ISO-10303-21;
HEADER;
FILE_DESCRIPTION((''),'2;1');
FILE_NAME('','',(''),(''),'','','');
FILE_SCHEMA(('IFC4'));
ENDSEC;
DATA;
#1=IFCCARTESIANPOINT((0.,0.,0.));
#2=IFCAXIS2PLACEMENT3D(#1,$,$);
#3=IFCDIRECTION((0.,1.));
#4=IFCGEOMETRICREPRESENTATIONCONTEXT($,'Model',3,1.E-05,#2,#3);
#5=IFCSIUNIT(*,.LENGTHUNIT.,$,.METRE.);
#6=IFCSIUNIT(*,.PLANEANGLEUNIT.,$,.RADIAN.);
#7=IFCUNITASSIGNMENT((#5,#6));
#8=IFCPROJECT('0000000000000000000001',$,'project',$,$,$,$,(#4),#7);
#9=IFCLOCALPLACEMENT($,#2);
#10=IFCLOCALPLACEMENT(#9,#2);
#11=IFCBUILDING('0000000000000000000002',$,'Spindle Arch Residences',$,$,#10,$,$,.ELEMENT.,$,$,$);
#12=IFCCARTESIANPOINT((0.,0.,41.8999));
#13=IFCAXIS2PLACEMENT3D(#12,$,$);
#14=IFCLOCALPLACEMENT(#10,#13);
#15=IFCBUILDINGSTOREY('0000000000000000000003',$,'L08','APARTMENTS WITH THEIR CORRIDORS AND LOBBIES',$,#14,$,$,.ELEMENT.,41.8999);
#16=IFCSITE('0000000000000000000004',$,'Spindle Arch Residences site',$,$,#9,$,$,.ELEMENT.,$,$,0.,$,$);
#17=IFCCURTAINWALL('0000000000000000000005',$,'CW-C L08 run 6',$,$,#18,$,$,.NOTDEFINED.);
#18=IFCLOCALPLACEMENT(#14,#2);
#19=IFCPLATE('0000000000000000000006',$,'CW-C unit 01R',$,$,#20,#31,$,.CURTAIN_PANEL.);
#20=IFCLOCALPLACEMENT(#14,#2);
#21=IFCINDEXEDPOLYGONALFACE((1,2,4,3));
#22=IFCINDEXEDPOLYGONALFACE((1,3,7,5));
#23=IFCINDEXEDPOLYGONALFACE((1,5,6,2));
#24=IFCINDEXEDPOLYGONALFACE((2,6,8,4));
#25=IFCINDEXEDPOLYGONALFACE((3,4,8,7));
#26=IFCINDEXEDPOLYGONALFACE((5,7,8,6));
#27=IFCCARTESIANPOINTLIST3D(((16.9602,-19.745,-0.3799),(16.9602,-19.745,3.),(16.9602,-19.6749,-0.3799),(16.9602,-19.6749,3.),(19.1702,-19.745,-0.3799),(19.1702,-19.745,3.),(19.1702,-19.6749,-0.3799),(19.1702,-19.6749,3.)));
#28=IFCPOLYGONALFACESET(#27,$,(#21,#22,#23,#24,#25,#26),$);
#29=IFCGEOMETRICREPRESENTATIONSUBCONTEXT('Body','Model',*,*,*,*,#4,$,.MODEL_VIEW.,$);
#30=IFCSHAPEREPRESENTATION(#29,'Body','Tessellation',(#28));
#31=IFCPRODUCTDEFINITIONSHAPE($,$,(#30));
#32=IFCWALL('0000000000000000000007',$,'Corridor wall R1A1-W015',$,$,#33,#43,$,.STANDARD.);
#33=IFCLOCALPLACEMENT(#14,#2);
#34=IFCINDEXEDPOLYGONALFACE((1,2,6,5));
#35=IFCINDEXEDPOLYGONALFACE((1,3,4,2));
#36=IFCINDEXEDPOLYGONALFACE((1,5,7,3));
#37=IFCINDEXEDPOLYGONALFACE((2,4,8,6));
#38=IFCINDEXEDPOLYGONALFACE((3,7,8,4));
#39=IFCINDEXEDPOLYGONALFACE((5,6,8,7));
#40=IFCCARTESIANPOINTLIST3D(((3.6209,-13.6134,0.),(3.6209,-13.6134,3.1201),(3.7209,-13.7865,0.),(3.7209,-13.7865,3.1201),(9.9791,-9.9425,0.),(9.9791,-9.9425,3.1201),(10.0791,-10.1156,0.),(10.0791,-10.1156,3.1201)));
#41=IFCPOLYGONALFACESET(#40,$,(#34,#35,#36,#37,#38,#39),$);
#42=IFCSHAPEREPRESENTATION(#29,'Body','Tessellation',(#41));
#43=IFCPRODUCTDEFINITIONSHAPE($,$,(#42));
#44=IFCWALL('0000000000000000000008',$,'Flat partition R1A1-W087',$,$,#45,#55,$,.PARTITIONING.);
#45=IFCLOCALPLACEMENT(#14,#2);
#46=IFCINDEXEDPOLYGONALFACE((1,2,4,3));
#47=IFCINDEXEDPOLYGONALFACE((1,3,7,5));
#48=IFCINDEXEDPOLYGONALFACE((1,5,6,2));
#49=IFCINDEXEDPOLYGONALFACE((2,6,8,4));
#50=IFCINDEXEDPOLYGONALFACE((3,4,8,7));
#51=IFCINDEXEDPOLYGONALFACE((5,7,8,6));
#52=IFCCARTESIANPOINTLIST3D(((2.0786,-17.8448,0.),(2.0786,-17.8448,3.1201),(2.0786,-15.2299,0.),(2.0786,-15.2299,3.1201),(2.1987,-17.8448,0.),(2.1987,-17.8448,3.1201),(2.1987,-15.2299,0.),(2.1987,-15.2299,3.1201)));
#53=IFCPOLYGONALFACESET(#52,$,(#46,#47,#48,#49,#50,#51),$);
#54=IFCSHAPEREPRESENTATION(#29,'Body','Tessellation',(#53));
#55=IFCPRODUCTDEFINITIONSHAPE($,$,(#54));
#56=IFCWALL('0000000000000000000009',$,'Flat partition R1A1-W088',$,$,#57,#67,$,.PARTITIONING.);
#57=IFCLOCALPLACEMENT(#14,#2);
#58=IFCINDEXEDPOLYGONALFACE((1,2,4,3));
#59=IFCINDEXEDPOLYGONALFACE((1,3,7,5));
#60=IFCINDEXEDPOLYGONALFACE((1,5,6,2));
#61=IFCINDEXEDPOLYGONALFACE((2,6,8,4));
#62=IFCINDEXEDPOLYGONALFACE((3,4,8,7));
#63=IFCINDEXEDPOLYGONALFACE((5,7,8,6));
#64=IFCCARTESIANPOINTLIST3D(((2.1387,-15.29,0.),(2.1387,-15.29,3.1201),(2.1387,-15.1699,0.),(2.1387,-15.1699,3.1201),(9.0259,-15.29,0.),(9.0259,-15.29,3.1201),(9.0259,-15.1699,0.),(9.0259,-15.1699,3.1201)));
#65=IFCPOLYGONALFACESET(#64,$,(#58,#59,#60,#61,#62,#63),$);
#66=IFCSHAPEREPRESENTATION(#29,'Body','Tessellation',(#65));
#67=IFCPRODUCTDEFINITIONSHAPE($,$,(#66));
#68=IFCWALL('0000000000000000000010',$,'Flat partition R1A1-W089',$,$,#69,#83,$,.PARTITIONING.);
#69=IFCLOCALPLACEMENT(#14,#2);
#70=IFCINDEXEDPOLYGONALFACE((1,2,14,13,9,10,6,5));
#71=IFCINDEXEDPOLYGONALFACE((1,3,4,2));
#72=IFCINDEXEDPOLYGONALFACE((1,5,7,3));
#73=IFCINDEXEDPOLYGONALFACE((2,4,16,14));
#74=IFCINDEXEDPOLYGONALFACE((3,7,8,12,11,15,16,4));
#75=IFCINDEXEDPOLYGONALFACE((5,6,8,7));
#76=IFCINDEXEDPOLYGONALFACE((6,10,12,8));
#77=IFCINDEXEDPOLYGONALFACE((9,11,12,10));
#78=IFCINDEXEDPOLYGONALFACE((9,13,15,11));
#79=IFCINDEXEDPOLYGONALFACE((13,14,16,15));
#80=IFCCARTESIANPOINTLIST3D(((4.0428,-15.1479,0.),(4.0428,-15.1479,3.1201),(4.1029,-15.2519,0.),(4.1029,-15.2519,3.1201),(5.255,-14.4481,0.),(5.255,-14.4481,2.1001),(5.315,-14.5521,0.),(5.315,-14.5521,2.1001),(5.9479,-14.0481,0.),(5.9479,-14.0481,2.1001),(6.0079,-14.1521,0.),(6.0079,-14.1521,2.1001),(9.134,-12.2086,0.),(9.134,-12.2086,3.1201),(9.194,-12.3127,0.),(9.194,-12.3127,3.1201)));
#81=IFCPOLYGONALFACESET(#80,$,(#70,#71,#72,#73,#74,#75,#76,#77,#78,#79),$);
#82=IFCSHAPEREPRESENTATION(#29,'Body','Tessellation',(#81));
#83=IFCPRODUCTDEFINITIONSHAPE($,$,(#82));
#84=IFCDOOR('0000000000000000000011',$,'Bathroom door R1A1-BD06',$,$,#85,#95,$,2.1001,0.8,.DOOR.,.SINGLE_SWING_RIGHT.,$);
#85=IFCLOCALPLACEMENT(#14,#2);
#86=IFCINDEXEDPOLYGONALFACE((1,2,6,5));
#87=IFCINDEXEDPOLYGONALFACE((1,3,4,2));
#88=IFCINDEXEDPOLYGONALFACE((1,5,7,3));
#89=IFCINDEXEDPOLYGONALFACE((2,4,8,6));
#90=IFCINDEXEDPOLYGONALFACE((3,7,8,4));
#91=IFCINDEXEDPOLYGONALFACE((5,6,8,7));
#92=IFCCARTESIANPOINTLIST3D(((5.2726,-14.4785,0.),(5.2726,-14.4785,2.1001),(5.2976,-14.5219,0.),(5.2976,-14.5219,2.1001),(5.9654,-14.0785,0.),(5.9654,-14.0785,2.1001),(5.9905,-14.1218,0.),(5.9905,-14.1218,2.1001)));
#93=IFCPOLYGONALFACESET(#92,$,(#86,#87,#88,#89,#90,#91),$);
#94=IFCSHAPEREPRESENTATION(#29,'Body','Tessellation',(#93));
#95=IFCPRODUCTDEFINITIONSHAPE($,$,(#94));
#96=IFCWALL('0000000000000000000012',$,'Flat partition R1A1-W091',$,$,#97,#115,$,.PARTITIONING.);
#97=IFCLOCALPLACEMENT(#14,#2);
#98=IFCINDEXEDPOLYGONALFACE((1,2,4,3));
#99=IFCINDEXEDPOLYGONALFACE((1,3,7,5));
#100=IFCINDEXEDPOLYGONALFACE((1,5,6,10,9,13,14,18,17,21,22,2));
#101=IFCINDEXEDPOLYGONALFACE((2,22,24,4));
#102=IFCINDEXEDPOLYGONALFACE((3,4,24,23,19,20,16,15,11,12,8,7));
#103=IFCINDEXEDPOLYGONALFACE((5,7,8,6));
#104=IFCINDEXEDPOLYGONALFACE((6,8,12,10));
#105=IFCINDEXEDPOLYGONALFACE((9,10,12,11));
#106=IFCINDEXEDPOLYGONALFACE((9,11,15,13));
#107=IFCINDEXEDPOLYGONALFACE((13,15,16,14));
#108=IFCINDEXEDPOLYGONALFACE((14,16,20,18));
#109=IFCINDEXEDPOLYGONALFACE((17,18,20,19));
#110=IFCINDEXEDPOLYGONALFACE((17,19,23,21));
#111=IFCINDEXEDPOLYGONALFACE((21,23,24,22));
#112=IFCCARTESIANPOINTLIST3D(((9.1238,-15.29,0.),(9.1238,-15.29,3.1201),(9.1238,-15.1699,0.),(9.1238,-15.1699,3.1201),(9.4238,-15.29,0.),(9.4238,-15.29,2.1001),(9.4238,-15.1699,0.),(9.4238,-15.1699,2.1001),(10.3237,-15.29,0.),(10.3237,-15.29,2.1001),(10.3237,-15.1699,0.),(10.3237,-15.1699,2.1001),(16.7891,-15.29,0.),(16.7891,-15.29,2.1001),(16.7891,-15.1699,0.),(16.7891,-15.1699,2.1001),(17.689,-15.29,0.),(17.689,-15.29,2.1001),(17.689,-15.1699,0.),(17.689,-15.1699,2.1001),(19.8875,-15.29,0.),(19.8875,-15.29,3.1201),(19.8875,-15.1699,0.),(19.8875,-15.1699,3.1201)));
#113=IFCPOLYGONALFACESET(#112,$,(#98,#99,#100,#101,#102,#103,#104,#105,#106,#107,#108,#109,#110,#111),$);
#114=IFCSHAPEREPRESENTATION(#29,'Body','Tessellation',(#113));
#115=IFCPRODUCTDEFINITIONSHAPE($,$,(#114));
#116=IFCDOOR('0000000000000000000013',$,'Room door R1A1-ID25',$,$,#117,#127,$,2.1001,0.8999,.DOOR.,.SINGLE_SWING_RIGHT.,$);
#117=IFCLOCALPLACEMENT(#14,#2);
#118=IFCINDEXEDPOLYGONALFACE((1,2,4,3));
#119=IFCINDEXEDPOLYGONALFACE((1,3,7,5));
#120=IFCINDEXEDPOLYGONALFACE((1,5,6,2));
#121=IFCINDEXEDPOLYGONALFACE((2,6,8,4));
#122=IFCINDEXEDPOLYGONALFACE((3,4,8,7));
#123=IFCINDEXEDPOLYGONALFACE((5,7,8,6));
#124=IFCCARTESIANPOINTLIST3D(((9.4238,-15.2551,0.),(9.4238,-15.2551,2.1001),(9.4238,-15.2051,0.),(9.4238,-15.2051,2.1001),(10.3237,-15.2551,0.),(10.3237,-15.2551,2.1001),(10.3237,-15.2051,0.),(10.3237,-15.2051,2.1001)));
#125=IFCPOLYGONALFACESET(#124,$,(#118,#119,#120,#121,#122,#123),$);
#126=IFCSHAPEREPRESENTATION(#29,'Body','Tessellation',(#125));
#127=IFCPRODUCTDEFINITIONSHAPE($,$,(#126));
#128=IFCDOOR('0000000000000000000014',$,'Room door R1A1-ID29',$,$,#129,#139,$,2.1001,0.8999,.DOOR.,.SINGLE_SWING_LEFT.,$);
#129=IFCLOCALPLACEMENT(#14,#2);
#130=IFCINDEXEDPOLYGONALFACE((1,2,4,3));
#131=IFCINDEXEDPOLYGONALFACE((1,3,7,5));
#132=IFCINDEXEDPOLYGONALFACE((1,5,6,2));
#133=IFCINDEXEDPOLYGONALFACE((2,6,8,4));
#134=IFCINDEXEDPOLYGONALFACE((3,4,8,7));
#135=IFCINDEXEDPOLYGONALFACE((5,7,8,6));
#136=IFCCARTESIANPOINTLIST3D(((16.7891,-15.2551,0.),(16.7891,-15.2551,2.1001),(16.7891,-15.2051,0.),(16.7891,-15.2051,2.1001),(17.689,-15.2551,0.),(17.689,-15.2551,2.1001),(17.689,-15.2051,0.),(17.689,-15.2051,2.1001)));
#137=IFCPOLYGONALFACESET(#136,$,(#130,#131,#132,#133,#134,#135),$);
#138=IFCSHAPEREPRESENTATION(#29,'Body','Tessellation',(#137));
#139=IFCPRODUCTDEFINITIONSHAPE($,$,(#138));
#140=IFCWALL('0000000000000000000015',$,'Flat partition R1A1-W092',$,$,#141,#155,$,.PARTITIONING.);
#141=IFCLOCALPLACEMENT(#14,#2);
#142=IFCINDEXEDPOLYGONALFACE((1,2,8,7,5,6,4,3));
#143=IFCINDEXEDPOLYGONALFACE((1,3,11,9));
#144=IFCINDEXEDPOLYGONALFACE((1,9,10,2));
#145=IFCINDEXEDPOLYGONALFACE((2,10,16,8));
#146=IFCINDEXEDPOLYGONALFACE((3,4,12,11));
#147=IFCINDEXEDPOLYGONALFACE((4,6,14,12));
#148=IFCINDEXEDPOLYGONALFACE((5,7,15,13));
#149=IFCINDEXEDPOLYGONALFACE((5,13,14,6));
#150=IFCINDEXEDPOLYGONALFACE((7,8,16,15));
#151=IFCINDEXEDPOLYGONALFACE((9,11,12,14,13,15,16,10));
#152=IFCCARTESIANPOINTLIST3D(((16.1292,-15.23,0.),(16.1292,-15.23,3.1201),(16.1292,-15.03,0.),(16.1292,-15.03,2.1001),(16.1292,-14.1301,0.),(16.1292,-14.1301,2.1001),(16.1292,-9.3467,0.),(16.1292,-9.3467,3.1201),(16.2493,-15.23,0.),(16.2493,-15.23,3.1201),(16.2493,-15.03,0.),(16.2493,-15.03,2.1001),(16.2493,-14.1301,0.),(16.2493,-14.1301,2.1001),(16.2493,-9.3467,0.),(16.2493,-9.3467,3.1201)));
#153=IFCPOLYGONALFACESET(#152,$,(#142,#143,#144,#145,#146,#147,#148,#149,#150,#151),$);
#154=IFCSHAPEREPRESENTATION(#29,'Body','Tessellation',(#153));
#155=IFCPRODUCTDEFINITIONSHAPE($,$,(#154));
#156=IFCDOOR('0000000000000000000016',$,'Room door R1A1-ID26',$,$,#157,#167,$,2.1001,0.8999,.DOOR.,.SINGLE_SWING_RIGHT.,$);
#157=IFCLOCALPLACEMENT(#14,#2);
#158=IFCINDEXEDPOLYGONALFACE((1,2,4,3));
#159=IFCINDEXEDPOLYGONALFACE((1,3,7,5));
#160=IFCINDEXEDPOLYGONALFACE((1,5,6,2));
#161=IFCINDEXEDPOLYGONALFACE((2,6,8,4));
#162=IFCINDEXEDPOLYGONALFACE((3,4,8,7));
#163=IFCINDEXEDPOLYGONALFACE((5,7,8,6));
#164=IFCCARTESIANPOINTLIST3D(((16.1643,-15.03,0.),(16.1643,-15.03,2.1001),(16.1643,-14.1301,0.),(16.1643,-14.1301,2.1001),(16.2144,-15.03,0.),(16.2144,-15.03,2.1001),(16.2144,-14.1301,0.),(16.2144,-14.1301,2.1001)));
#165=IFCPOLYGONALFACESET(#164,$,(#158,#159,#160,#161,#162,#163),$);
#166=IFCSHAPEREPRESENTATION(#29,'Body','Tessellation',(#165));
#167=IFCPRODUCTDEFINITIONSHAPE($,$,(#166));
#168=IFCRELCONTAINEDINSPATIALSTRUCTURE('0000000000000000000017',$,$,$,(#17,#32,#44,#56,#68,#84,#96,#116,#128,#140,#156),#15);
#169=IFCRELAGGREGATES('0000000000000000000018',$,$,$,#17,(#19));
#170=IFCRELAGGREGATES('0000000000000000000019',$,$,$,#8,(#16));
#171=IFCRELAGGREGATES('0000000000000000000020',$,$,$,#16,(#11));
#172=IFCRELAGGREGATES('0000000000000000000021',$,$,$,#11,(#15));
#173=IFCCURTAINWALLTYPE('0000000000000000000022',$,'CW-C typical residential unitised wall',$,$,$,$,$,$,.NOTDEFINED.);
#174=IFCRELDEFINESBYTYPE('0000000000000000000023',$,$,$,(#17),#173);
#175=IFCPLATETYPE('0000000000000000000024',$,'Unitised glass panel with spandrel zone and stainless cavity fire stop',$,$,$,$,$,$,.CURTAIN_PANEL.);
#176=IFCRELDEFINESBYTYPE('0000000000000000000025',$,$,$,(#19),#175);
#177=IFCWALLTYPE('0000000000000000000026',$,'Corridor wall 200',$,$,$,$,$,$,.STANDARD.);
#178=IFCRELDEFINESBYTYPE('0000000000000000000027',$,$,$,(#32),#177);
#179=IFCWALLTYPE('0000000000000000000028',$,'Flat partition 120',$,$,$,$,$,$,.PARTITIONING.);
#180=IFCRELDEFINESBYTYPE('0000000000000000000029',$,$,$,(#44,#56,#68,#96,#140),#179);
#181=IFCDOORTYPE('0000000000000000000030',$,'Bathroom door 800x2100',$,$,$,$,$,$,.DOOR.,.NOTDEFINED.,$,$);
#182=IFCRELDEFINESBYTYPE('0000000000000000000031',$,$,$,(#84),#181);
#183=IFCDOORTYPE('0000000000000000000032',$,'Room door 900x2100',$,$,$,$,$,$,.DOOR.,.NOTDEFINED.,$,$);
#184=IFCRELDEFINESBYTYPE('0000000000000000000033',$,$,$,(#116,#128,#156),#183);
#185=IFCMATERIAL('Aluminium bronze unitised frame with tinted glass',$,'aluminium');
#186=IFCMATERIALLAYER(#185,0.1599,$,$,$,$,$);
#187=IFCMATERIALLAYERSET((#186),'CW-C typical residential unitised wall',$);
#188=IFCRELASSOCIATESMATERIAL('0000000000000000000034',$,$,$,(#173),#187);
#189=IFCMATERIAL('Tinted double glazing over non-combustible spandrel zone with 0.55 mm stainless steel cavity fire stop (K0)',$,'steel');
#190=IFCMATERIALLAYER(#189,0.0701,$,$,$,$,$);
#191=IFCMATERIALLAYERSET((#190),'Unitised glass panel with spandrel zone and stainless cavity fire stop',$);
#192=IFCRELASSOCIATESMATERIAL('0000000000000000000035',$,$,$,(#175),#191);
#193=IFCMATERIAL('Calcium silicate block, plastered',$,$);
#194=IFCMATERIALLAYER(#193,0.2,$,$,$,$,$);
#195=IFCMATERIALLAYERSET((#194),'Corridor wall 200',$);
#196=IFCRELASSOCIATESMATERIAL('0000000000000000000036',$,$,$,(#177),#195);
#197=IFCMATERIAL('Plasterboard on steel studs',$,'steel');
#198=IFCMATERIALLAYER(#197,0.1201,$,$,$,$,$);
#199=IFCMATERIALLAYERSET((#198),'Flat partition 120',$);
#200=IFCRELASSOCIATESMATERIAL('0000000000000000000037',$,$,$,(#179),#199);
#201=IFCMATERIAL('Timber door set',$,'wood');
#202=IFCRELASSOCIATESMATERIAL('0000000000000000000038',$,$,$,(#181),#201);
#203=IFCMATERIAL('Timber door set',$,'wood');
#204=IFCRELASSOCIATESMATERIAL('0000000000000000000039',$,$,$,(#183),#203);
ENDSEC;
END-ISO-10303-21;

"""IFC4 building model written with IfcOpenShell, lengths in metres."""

from ifc_helpers import new_model, si_unit, direction, frame, frame_2d, origin, origin_2d, place, context, subcontext, project, spatial, rectangle, extrude, material, layer, layer_set, type_object, element, fill, aggregate, save


model = new_model("IFC4")

# Units and contexts
model_context = context("Model", 3, precision=1e-05, world=origin(), true_north=direction((0.0, 1.0)))
body_context = subcontext(model_context, "Body", "Model", "MODEL_VIEW")
ifc_project = project(units=[si_unit("LENGTHUNIT", "METRE"), si_unit("PLANEANGLEUNIT", "RADIAN")], contexts=[model_context])

# Site, building, storey
site_placement = place(None, origin())
site = spatial("IfcSite", under=ifc_project, at=site_placement, Name="Spindle Arch Residences site", CompositionType="ELEMENT", RefElevation=0.0)
building_placement = place(site_placement, origin())
building = spatial("IfcBuilding", under=site, at=building_placement, Name="Spindle Arch Residences", CompositionType="ELEMENT")
storey_placement = place(building_placement, frame((0.0, 0.0, 41.8999)))
storey = spatial("IfcBuildingStorey", under=building, at=storey_placement, Name="L08", Description="APARTMENTS WITH THEIR CORRIDORS AND LOBBIES", CompositionType="ELEMENT", Elevation=41.8999)

# Curtain wall
ifc_material_1 = material(Name="Aluminium bronze unitised frame with tinted glass", Category="aluminium")
ifc_layer_1 = layer(ifc_material_1, 0.1599)
ifc_layer_set_1 = layer_set([ifc_layer_1], Name="CW-C typical residential unitised wall")
curtain_wall_type = type_object("IfcCurtainWallType", Name="CW-C typical residential unitised wall", PredefinedType="NOTDEFINED", material=ifc_layer_set_1)
curtain_wall_placement = place(storey_placement, origin())
curtain_wall = element("IfcCurtainWall", 1, at=curtain_wall_placement, inside=storey, type_object=curtain_wall_type, Name="CW-C L08 run 6", PredefinedType="NOTDEFINED")

# Plate
ifc_material_2 = material(Name="Tinted double glazing over non-combustible spandrel zone with 0.55 mm stainless steel cavity fire stop (K0)", Category="steel")
ifc_layer_2 = layer(ifc_material_2, 0.0701)
ifc_layer_set_2 = layer_set([ifc_layer_2], Name="Unitised glass panel with spandrel zone and stainless cavity fire stop")
plate_type = type_object("IfcPlateType", Name="Unitised glass panel with spandrel zone and stainless cavity fire stop", PredefinedType="CURTAIN_PANEL", material=ifc_layer_set_2)
plate_1_placement = place(storey_placement, frame((18.0652, -19.71, -0.3799), z_axis=(0.0, 0.0, 1.0), x_axis=(1.0, 0.0, 0.0)))
plate_1 = element("IfcPlate", 2, at=plate_1_placement, type_object=plate_type, Name="CW-C unit 01R", PredefinedType="CURTAIN_PANEL", context=body_context, shape_type="SweptSolid", body=[
    extrude(rectangle(XDim=2.21, YDim=0.0701, at=origin_2d()), origin(), (0.0, 0.0, 1.0), 3.3799),
])
aggregate(curtain_wall, [plate_1])

# Walls
ifc_material_3 = material(Name="Calcium silicate block, plastered")
ifc_layer_3 = layer(ifc_material_3, 0.2)
ifc_layer_set_3 = layer_set([ifc_layer_3], Name="Corridor wall 200")
wall_type_1 = type_object("IfcWallType", Name="Corridor wall 200", PredefinedType="STANDARD", material=ifc_layer_set_3)
wall_1_placement = place(storey_placement, frame((3.6709, -13.7, 0.0), z_axis=(0.0, 0.0, 1.0), x_axis=(0.866024, 0.500002, 0.0)))
element("IfcWall", 3, at=wall_1_placement, inside=storey, type_object=wall_type_1, Name="Corridor wall R1A1-W015", PredefinedType="STANDARD", context=body_context, shape_type="SweptSolid", body=[
    extrude(rectangle(XDim=7.3418, YDim=0.2, at=frame_2d((3.6709, 0.0))), origin(), (0.0, 0.0, 1.0), 3.1201),
])
ifc_material_4 = material(Name="Plasterboard on steel studs", Category="steel")
ifc_layer_4 = layer(ifc_material_4, 0.1201)
ifc_layer_set_4 = layer_set([ifc_layer_4], Name="Flat partition 120")
wall_type_2 = type_object("IfcWallType", Name="Flat partition 120", PredefinedType="PARTITIONING", material=ifc_layer_set_4)
wall_2_placement = place(storey_placement, frame((2.1387, -17.845, 0.0), z_axis=(0.0, 0.0, 1.0), x_axis=(0.0, 1.0, 0.0)))
element("IfcWall", 4, at=wall_2_placement, inside=storey, type_object=wall_type_2, Name="Flat partition R1A1-W087", PredefinedType="PARTITIONING", context=body_context, shape_type="SweptSolid", body=[
    extrude(rectangle(XDim=2.615, YDim=0.1201, at=frame_2d((1.3076, 0.0))), origin(), (0.0, 0.0, 1.0), 3.1201),
])
wall_3_placement = place(storey_placement, frame((2.1387, -15.23, 0.0), z_axis=(0.0, 0.0, 1.0), x_axis=(1.0, 0.0, 0.0)))
element("IfcWall", 5, at=wall_3_placement, inside=storey, type_object=wall_type_2, Name="Flat partition R1A1-W088", PredefinedType="PARTITIONING", context=body_context, shape_type="SweptSolid", body=[
    extrude(rectangle(XDim=6.8872, YDim=0.1201, at=frame_2d((3.4436, 0.0))), origin(), (0.0, 0.0, 1.0), 3.1201),
])

# Wall, opening, door
wall_4_placement = place(storey_placement, frame((4.0728, -15.2, 0.0), z_axis=(0.0, 0.0, 1.0), x_axis=(0.866034, 0.499985, 0.0)))
wall_4 = element("IfcWall", 6, at=wall_4_placement, inside=storey, type_object=wall_type_2, Name="Flat partition R1A1-W089", PredefinedType="PARTITIONING", context=body_context, shape_type="SweptSolid", body=[
    extrude(rectangle(XDim=5.8787, YDim=0.1201, at=frame_2d((2.9395, 0.0))), origin(), (0.0, 0.0, 1.0), 3.1201),
])
opening_1_placement = place(wall_4_placement, frame((1.3999, 0.0, 0.0)))
opening_1 = element("IfcOpeningElement", 7, at=opening_1_placement, cuts=wall_4, PredefinedType="OPENING", context=body_context, shape_type="SweptSolid", body=[
    extrude(rectangle(XDim=0.8, YDim=2.1001, at=frame_2d((0.3999, 1.05))), frame((0.0, 0.0701, 0.0), z_axis=(0.0, -1.0, 0.0), x_axis=(1.0, 0.0, 0.0)), (0.0, 0.0, 1.0), 0.1401),
])
ifc_material_5 = material(Name="Timber door set", Category="wood")
door_type_1 = type_object("IfcDoorType", Name="Bathroom door 800x2100", OperationType="NOTDEFINED", PredefinedType="DOOR", material=ifc_material_5)
door_1_placement = place(opening_1_placement, origin())
door_1 = element("IfcDoor", 8, at=door_1_placement, inside=storey, type_object=door_type_1, Name="Bathroom door R1A1-BD06", OperationType="SINGLE_SWING_RIGHT", OverallHeight=2.1001, OverallWidth=0.8, PredefinedType="DOOR", context=body_context, shape_type="SweptSolid", body=[
    extrude(rectangle(XDim=0.8, YDim=2.1001, at=frame_2d((0.3999, 1.05))), frame((0.0, 0.0249, 0.0), z_axis=(0.0, -1.0, 0.0), x_axis=(1.0, 0.0, 0.0)), (0.0, 0.0, 1.0), 0.05),
])
fill(opening_1, door_1)

# Wall, openings, doors
wall_5_placement = place(storey_placement, frame((9.1238, -15.23, 0.0), z_axis=(0.0, 0.0, 1.0), x_axis=(1.0, 0.0, 0.0)))
wall_5 = element("IfcWall", 9, at=wall_5_placement, inside=storey, type_object=wall_type_2, Name="Flat partition R1A1-W091", PredefinedType="PARTITIONING", context=body_context, shape_type="SweptSolid", body=[
    extrude(rectangle(XDim=10.7637, YDim=0.1201, at=frame_2d((5.3818, 0.0))), origin(), (0.0, 0.0, 1.0), 3.1201),
])
opening_2_placement = place(wall_5_placement, frame((0.3, 0.0, 0.0)))
opening_2 = element("IfcOpeningElement", 10, at=opening_2_placement, cuts=wall_5, PredefinedType="OPENING", context=body_context, shape_type="SweptSolid", body=[
    extrude(rectangle(XDim=0.8999, YDim=2.1001, at=frame_2d((0.45, 1.05))), frame((0.0, 0.0701, 0.0), z_axis=(0.0, -1.0, 0.0), x_axis=(1.0, 0.0, 0.0)), (0.0, 0.0, 1.0), 0.1401),
])
opening_3_placement = place(wall_5_placement, frame((7.6653, 0.0, 0.0)))
opening_3 = element("IfcOpeningElement", 11, at=opening_3_placement, cuts=wall_5, PredefinedType="OPENING", context=body_context, shape_type="SweptSolid", body=[
    extrude(rectangle(XDim=0.8999, YDim=2.1001, at=frame_2d((0.45, 1.05))), frame((0.0, 0.0701, 0.0), z_axis=(0.0, -1.0, 0.0), x_axis=(1.0, 0.0, 0.0)), (0.0, 0.0, 1.0), 0.1401),
])
ifc_material_6 = material(Name="Timber door set", Category="wood")
door_type_2 = type_object("IfcDoorType", Name="Room door 900x2100", OperationType="NOTDEFINED", PredefinedType="DOOR", material=ifc_material_6)
door_2_placement = place(opening_2_placement, origin())
door_2 = element("IfcDoor", 12, at=door_2_placement, inside=storey, type_object=door_type_2, Name="Room door R1A1-ID25", OperationType="SINGLE_SWING_RIGHT", OverallHeight=2.1001, OverallWidth=0.8999, PredefinedType="DOOR", context=body_context, shape_type="SweptSolid", body=[
    extrude(rectangle(XDim=0.8999, YDim=2.1001, at=frame_2d((0.45, 1.05))), frame((0.0, 0.0249, 0.0), z_axis=(0.0, -1.0, 0.0), x_axis=(1.0, 0.0, 0.0)), (0.0, 0.0, 1.0), 0.05),
])
fill(opening_2, door_2)
door_3_placement = place(opening_3_placement, origin())
door_3 = element("IfcDoor", 13, at=door_3_placement, inside=storey, type_object=door_type_2, Name="Room door R1A1-ID29", OperationType="SINGLE_SWING_LEFT", OverallHeight=2.1001, OverallWidth=0.8999, PredefinedType="DOOR", context=body_context, shape_type="SweptSolid", body=[
    extrude(rectangle(XDim=0.8999, YDim=2.1001, at=frame_2d((0.45, 1.05))), frame((0.0, 0.0249, 0.0), z_axis=(0.0, -1.0, 0.0), x_axis=(1.0, 0.0, 0.0)), (0.0, 0.0, 1.0), 0.05),
])
fill(opening_3, door_3)

# Wall, opening, door
wall_6_placement = place(storey_placement, frame((16.1892, -15.23, 0.0), z_axis=(0.0, 0.0, 1.0), x_axis=(0.0, 1.0, 0.0)))
wall_6 = element("IfcWall", 14, at=wall_6_placement, inside=storey, type_object=wall_type_2, Name="Flat partition R1A1-W092", PredefinedType="PARTITIONING", context=body_context, shape_type="SweptSolid", body=[
    extrude(rectangle(XDim=5.8833, YDim=0.1201, at=frame_2d((2.9417, 0.0))), origin(), (0.0, 0.0, 1.0), 3.1201),
])
opening_4_placement = place(wall_6_placement, frame((0.2, 0.0, 0.0)))
opening_4 = element("IfcOpeningElement", 15, at=opening_4_placement, cuts=wall_6, PredefinedType="OPENING", context=body_context, shape_type="SweptSolid", body=[
    extrude(rectangle(XDim=0.8999, YDim=2.1001, at=frame_2d((0.45, 1.05))), frame((0.0, 0.0701, 0.0), z_axis=(0.0, -1.0, 0.0), x_axis=(1.0, 0.0, 0.0)), (0.0, 0.0, 1.0), 0.1401),
])
door_4_placement = place(opening_4_placement, origin())
door_4 = element("IfcDoor", 16, at=door_4_placement, inside=storey, type_object=door_type_2, Name="Room door R1A1-ID26", OperationType="SINGLE_SWING_RIGHT", OverallHeight=2.1001, OverallWidth=0.8999, PredefinedType="DOOR", context=body_context, shape_type="SweptSolid", body=[
    extrude(rectangle(XDim=0.8999, YDim=2.1001, at=frame_2d((0.45, 1.05))), frame((0.0, 0.0249, 0.0), z_axis=(0.0, -1.0, 0.0), x_axis=(1.0, 0.0, 0.0)), (0.0, 0.0, 1.0), 0.05),
])
fill(opening_4, door_4)

save(model, "model.ifc")
